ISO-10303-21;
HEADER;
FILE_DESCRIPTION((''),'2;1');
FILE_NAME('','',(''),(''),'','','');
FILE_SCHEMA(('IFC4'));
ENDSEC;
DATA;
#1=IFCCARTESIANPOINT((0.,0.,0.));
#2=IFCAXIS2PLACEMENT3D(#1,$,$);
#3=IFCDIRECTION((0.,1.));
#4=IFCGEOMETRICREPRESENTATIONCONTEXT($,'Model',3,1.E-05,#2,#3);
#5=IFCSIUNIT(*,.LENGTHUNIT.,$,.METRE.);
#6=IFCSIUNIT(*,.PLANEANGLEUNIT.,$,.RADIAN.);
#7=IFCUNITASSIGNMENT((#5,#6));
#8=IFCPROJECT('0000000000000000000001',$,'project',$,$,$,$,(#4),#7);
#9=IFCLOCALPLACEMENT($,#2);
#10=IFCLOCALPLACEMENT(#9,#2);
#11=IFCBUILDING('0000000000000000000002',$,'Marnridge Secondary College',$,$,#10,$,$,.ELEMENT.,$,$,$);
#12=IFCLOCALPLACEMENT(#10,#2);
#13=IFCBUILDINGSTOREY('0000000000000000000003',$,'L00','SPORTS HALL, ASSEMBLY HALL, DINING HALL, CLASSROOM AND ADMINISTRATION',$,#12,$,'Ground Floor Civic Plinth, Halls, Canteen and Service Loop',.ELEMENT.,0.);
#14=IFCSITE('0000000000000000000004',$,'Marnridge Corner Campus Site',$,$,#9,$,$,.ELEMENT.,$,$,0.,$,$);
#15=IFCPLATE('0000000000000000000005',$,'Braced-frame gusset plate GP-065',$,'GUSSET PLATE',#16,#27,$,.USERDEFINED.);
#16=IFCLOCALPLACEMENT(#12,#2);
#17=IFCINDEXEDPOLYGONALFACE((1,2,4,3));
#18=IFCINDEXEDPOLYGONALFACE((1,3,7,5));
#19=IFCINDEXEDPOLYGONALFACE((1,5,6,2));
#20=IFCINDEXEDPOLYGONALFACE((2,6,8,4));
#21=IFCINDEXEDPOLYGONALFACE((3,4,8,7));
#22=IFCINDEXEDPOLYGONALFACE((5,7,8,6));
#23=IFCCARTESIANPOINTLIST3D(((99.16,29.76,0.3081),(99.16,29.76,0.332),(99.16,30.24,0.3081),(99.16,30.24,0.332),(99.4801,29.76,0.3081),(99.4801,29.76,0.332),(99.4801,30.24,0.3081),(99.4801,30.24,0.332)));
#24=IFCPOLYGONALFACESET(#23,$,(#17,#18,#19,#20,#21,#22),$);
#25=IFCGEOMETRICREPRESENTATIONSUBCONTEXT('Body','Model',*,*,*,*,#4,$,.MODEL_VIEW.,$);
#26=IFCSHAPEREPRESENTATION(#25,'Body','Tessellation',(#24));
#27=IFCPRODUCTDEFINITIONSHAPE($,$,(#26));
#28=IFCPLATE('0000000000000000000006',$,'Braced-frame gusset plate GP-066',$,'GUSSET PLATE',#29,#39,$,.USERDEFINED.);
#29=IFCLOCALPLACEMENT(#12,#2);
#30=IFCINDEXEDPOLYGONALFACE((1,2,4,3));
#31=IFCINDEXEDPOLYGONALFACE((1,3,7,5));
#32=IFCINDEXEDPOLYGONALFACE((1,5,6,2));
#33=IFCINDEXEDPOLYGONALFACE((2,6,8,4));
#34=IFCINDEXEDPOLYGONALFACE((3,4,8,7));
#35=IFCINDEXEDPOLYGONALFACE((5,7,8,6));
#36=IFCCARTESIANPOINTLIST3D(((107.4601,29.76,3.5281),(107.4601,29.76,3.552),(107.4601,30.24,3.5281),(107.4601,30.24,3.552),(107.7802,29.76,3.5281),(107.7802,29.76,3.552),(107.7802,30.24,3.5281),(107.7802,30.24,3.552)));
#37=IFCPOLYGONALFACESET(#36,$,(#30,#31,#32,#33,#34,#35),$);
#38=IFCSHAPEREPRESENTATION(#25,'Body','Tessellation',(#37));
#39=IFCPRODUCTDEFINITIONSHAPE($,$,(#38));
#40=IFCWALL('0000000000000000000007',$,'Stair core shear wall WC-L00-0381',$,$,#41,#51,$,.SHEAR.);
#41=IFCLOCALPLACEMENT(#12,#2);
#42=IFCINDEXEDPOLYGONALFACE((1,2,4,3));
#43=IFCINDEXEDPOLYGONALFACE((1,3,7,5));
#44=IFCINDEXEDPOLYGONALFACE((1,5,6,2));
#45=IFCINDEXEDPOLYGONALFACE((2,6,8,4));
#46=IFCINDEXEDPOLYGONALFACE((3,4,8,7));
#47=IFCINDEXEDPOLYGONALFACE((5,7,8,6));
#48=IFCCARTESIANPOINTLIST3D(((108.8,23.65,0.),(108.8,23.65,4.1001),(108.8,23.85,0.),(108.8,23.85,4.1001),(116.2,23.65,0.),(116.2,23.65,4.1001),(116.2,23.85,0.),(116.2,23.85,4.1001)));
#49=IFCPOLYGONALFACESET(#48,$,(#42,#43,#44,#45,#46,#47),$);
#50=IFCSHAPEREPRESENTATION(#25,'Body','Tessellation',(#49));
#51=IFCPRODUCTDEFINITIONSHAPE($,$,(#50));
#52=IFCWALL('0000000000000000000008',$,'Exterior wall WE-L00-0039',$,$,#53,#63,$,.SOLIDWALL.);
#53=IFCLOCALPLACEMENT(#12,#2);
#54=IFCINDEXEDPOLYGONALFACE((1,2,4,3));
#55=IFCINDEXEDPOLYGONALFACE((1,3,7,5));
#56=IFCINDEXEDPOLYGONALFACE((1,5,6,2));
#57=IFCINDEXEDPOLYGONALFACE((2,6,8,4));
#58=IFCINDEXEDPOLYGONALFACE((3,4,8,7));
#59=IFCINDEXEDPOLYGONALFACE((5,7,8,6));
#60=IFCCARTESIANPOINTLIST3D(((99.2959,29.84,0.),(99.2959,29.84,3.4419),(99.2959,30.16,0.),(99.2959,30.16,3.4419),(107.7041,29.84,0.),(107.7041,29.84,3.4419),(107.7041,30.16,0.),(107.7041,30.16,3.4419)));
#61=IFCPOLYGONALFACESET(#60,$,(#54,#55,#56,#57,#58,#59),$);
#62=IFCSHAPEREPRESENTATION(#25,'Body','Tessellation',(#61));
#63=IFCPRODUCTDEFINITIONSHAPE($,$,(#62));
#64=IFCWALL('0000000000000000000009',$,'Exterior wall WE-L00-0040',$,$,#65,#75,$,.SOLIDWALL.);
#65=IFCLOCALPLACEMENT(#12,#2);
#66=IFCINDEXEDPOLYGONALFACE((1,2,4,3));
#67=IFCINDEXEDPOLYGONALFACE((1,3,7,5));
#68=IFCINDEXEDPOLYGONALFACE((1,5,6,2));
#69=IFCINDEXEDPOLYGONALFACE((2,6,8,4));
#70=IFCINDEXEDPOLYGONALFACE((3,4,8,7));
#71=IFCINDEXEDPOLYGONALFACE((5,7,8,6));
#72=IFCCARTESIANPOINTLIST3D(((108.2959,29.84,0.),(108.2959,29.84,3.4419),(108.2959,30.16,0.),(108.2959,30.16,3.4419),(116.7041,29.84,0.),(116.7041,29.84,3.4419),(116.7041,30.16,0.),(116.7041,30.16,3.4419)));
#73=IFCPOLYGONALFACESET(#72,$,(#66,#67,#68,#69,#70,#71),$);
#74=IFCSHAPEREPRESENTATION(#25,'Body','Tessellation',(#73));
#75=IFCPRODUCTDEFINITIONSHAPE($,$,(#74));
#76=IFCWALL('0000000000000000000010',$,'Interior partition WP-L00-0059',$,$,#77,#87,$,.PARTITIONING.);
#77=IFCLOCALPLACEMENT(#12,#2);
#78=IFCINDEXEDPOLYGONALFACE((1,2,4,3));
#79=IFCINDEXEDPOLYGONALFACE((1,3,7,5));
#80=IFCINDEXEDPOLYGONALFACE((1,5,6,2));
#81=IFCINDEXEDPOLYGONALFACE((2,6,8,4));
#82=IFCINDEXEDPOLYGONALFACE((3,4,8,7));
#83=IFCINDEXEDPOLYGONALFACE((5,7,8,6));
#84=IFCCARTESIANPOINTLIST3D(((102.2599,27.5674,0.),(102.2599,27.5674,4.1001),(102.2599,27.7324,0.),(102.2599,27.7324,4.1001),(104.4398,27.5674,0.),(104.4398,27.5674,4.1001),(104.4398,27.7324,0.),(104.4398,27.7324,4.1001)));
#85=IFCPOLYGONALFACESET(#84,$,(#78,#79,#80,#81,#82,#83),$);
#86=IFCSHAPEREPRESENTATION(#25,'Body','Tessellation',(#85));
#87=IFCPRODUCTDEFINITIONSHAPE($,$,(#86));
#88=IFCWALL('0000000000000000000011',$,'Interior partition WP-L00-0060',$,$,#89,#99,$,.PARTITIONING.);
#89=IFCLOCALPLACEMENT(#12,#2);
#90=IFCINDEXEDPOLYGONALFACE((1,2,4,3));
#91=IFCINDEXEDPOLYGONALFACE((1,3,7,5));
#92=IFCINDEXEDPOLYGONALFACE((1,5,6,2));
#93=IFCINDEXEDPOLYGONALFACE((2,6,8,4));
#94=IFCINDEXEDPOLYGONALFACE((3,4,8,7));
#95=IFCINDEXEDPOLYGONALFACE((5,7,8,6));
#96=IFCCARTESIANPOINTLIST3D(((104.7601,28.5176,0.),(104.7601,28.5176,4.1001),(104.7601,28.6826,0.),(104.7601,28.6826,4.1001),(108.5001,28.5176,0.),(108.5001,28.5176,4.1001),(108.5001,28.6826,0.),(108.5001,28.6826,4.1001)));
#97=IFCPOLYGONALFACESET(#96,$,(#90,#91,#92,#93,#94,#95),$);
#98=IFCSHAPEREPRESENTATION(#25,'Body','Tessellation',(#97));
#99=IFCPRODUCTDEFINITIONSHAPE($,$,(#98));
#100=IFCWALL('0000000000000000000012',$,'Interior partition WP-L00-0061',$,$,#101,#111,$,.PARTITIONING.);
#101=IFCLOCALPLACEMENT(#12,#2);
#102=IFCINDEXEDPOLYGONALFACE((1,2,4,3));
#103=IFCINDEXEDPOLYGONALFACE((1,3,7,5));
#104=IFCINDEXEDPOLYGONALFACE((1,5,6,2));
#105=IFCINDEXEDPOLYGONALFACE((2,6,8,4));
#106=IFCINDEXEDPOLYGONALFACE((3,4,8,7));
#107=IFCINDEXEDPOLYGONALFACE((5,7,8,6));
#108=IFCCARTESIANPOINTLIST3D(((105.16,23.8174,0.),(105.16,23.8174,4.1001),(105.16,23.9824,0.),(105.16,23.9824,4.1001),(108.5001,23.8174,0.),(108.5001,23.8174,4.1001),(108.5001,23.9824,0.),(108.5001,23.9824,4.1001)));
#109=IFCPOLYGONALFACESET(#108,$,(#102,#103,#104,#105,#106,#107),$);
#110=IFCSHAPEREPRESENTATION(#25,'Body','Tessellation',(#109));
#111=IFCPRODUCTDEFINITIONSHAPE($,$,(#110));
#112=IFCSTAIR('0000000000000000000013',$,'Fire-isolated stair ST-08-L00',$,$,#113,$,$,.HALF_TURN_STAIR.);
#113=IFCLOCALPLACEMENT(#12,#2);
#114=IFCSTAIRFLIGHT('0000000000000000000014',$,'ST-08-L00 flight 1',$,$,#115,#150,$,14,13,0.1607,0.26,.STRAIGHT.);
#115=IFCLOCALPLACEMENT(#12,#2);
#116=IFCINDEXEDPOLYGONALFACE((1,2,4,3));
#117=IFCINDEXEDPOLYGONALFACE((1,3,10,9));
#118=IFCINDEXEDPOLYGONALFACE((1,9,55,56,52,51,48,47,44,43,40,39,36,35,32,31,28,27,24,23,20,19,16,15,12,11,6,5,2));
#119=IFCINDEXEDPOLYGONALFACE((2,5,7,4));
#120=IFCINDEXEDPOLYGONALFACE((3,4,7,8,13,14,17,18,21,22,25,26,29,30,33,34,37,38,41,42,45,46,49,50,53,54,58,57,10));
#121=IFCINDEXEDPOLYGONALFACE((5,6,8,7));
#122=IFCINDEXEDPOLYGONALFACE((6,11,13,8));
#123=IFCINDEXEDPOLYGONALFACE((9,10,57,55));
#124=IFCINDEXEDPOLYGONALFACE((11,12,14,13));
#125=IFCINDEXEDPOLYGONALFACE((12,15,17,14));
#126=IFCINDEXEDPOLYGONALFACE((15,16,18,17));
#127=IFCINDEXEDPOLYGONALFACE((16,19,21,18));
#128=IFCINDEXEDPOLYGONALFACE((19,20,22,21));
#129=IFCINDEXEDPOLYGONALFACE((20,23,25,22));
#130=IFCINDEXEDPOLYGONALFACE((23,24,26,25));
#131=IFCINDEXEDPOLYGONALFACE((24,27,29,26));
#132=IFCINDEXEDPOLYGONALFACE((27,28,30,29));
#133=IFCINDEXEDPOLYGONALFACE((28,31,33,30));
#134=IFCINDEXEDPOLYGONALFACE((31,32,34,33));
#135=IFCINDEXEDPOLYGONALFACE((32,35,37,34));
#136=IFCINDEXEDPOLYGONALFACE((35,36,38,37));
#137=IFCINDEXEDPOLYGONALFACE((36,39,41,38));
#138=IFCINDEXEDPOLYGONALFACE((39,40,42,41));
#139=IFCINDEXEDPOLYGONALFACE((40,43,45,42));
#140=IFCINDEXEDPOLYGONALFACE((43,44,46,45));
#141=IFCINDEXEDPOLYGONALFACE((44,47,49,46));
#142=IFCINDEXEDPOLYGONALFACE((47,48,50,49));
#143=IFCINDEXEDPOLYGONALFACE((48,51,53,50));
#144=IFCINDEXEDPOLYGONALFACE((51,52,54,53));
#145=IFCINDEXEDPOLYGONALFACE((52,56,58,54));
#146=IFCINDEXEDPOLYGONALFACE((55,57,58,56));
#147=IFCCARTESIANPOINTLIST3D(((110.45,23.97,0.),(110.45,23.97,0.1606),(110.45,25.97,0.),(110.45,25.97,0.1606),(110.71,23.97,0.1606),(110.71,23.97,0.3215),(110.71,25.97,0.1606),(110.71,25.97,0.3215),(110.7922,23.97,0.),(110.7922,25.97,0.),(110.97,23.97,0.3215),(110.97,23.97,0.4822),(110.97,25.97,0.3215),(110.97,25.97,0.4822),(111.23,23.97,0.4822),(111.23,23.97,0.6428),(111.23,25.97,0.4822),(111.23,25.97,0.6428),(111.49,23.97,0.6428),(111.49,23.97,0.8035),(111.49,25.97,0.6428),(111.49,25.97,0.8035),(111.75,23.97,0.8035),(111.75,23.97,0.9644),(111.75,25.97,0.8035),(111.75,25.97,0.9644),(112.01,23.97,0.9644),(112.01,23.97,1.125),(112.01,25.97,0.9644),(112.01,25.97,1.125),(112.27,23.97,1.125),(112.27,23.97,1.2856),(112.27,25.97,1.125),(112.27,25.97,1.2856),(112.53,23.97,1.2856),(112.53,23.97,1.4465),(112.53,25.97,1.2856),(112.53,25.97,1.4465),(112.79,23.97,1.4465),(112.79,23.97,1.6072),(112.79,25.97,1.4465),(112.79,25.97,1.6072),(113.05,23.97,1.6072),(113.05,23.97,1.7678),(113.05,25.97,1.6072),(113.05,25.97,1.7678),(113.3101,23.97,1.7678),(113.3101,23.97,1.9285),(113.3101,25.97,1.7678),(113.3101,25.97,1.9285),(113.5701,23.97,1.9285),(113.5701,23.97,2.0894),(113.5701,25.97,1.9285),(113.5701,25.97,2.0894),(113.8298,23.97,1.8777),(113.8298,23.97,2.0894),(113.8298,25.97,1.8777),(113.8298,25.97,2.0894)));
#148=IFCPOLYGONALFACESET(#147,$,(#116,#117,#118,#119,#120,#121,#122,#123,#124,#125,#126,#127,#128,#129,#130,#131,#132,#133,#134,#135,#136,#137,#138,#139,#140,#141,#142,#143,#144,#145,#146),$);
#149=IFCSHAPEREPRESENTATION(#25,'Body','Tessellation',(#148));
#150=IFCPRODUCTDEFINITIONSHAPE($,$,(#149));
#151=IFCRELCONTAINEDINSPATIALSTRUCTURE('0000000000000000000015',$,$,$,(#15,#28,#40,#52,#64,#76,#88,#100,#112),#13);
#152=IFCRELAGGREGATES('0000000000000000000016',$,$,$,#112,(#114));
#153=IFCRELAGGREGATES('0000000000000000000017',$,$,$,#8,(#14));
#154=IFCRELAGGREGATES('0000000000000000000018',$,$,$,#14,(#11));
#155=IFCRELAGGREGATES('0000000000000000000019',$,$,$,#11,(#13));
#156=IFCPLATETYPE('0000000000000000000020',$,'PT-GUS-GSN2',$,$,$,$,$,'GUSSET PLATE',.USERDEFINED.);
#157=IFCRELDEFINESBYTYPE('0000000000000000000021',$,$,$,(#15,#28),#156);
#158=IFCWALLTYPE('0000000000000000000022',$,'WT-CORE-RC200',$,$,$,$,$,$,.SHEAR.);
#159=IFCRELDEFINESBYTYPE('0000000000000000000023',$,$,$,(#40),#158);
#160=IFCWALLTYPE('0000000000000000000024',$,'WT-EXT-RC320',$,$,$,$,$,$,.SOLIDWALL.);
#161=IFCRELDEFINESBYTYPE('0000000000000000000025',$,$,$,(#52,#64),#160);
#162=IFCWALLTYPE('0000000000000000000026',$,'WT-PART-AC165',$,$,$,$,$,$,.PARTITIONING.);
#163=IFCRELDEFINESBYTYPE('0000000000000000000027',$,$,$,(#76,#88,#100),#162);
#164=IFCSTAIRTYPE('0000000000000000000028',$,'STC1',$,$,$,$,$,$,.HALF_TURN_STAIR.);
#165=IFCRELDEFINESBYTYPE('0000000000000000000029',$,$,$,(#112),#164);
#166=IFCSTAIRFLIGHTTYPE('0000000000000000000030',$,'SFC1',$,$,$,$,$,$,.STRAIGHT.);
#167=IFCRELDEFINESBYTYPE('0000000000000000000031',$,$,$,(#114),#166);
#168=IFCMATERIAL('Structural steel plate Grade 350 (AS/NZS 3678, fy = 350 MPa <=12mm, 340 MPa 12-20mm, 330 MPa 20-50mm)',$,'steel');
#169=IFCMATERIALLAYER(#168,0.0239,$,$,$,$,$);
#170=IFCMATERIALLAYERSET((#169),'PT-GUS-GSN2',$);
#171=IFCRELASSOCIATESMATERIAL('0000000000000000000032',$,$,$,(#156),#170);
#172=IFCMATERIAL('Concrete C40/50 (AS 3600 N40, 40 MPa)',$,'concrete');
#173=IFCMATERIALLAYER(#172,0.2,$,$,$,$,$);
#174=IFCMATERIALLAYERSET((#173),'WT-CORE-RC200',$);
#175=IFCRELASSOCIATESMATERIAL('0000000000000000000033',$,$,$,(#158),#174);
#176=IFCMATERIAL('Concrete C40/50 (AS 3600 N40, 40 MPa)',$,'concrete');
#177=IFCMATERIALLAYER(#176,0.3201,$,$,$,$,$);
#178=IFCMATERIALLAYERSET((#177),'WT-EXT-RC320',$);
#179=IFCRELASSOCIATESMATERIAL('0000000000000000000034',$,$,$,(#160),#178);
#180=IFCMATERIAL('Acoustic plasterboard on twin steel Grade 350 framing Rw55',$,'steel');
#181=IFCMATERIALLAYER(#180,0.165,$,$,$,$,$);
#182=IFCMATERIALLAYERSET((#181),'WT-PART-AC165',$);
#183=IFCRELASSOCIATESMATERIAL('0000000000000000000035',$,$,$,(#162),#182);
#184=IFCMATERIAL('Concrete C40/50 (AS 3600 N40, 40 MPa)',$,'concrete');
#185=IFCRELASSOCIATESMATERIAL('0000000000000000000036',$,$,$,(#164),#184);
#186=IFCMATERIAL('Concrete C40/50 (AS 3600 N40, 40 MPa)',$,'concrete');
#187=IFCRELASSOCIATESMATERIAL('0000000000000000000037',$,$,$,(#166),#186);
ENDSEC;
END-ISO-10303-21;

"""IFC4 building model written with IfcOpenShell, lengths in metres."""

from ifc_helpers import new_model, si_unit, direction, frame, frame_2d, origin, origin_2d, place, context, subcontext, project, spatial, polyline, rectangle, outline, extrude, material, layer, layer_set, type_object, element, aggregate, save


model = new_model("IFC4")

# Units and contexts
model_context = context("Model", 3, precision=1e-05, world=origin(), true_north=direction((0.0, 1.0)))
body_context = subcontext(model_context, "Body", "Model", "MODEL_VIEW")
ifc_project = project(units=[si_unit("LENGTHUNIT", "METRE"), si_unit("PLANEANGLEUNIT", "RADIAN")], contexts=[model_context])

# Site, building, storey
site_placement = place(None, origin())
site = spatial("IfcSite", under=ifc_project, at=site_placement, Name="Marnridge Corner Campus Site", CompositionType="ELEMENT", RefElevation=0.0)
building_placement = place(site_placement, origin())
building = spatial("IfcBuilding", under=site, at=building_placement, Name="Marnridge Secondary College", CompositionType="ELEMENT")
storey_placement = place(building_placement, origin())
storey = spatial("IfcBuildingStorey", under=building, at=storey_placement, Name="L00", Description="SPORTS HALL, ASSEMBLY HALL, DINING HALL, CLASSROOM AND ADMINISTRATION", LongName="Ground Floor Civic Plinth, Halls, Canteen and Service Loop", CompositionType="ELEMENT", Elevation=0.0)

# Plates
ifc_material_1 = material(Name="Structural steel plate Grade 350 (AS/NZS 3678, fy = 350 MPa <=12mm, 340 MPa 12-20mm, 330 MPa 20-50mm)", Category="steel")
ifc_layer_1 = layer(ifc_material_1, 0.0239)
ifc_layer_set_1 = layer_set([ifc_layer_1], Name="PT-GUS-GSN2")
plate_type = type_object("IfcPlateType", Name="PT-GUS-GSN2", ElementType="GUSSET PLATE", PredefinedType="USERDEFINED", material=ifc_layer_set_1)
for number, where, z_axis, x_axis, name in (
    (1, (99.3201, 30.0, 0.3081), (0.0, 0.0, 1.0), (0.0, 1.0, 0.0), "Braced-frame gusset plate GP-065"),
    (2, (107.6201, 30.0, 3.5281), (0.0, 0.0, 1.0), (0.0, 1.0, 0.0), "Braced-frame gusset plate GP-066"),
):
    element("IfcPlate", number, at=place(storey_placement, frame(where, z_axis=z_axis, x_axis=x_axis)), inside=storey, type_object=plate_type, Name=name, ObjectType="GUSSET PLATE", PredefinedType="USERDEFINED", context=body_context, shape_type="SweptSolid", body=[
        extrude(rectangle(XDim=0.48, YDim=0.3201, at=origin_2d()), origin(), (0.0, 0.0, 1.0), 0.0239),
    ])

# Wall
ifc_material_2 = material(Name="Concrete C40/50 (AS 3600 N40, 40 MPa)", Category="concrete")
ifc_layer_2 = layer(ifc_material_2, 0.2)
ifc_layer_set_2 = layer_set([ifc_layer_2], Name="WT-CORE-RC200")
wall_type_1 = type_object("IfcWallType", Name="WT-CORE-RC200", PredefinedType="SHEAR", material=ifc_layer_set_2)
wall_1_placement = place(storey_placement, frame((108.8, 23.75, 0.0), z_axis=(0.0, 0.0, 1.0), x_axis=(1.0, 0.0, 0.0)))
element("IfcWall", 3, at=wall_1_placement, inside=storey, type_object=wall_type_1, Name="Stair core shear wall WC-L00-0381", PredefinedType="SHEAR", context=body_context, shape_type="SweptSolid", body=[
    extrude(rectangle(XDim=7.3999, YDim=0.2, at=frame_2d((3.7, 0.0))), origin(), (0.0, 0.0, 1.0), 4.1001),
])

# Walls
ifc_material_3 = material(Name="Concrete C40/50 (AS 3600 N40, 40 MPa)", Category="concrete")
ifc_layer_3 = layer(ifc_material_3, 0.3201)
ifc_layer_set_3 = layer_set([ifc_layer_3], Name="WT-EXT-RC320")
wall_type_2 = type_object("IfcWallType", Name="WT-EXT-RC320", PredefinedType="SOLIDWALL", material=ifc_layer_set_3)
for number, where, z_axis, x_axis, name in (
    (4, (99.2959, 30.0, 0.0), (0.0, 0.0, 1.0), (1.0, 0.0, 0.0), "Exterior wall WE-L00-0039"),
    (5, (108.2959, 30.0, 0.0), (0.0, 0.0, 1.0), (1.0, 0.0, 0.0), "Exterior wall WE-L00-0040"),
):
    element("IfcWall", number, at=place(storey_placement, frame(where, z_axis=z_axis, x_axis=x_axis)), inside=storey, type_object=wall_type_2, Name=name, PredefinedType="SOLIDWALL", context=body_context, shape_type="SweptSolid", body=[
        extrude(rectangle(XDim=8.4082, YDim=0.3201, at=frame_2d((4.2041, 0.0))), origin(), (0.0, 0.0, 1.0), 3.4419),
    ])
ifc_material_4 = material(Name="Acoustic plasterboard on twin steel Grade 350 framing Rw55", Category="steel")
ifc_layer_4 = layer(ifc_material_4, 0.165)
ifc_layer_set_4 = layer_set([ifc_layer_4], Name="WT-PART-AC165")
wall_type_3 = type_object("IfcWallType", Name="WT-PART-AC165", PredefinedType="PARTITIONING", material=ifc_layer_set_4)
wall_2_placement = place(storey_placement, frame((102.26, 27.6499, 0.0), z_axis=(0.0, 0.0, 1.0), x_axis=(1.0, 0.0, 0.0)))
element("IfcWall", 6, at=wall_2_placement, inside=storey, type_object=wall_type_3, Name="Interior partition WP-L00-0059", PredefinedType="PARTITIONING", context=body_context, shape_type="SweptSolid", body=[
    extrude(rectangle(XDim=2.1799, YDim=0.165, at=frame_2d((1.0898, 0.0))), origin(), (0.0, 0.0, 1.0), 4.1001),
])
wall_3_placement = place(storey_placement, frame((104.76, 28.6001, 0.0), z_axis=(0.0, 0.0, 1.0), x_axis=(1.0, 0.0, 0.0)))
element("IfcWall", 7, at=wall_3_placement, inside=storey, type_object=wall_type_3, Name="Interior partition WP-L00-0060", PredefinedType="PARTITIONING", context=body_context, shape_type="SweptSolid", body=[
    extrude(rectangle(XDim=3.74, YDim=0.165, at=frame_2d((1.8701, 0.0))), origin(), (0.0, 0.0, 1.0), 4.1001),
])
wall_4_placement = place(storey_placement, frame((108.5, 23.8999, 0.0), z_axis=(0.0, 0.0, 1.0), x_axis=(-1.0, 0.0, 0.0)))
element("IfcWall", 8, at=wall_4_placement, inside=storey, type_object=wall_type_3, Name="Interior partition WP-L00-0061", PredefinedType="PARTITIONING", context=body_context, shape_type="SweptSolid", body=[
    extrude(rectangle(XDim=3.3401, YDim=0.165, at=frame_2d((1.6699, 0.0))), origin(), (0.0, 0.0, 1.0), 4.1001),
])

# Stair, stair flight
ifc_material_5 = material(Name="Concrete C40/50 (AS 3600 N40, 40 MPa)", Category="concrete")
stair_type = type_object("IfcStairType", Name="STC1", PredefinedType="HALF_TURN_STAIR", material=ifc_material_5)
stair_placement = place(storey_placement, origin())
stair = element("IfcStair", 9, at=stair_placement, inside=storey, type_object=stair_type, Name="Fire-isolated stair ST-08-L00", PredefinedType="HALF_TURN_STAIR")
ifc_material_6 = material(Name="Concrete C40/50 (AS 3600 N40, 40 MPa)", Category="concrete")
stair_flight_type = type_object("IfcStairFlightType", Name="SFC1", PredefinedType="STRAIGHT", material=ifc_material_6)
stair_flight_placement = place(storey_placement, frame((110.45, 24.97, 0.0), z_axis=(0.0, 0.0, 1.0), x_axis=(1.0, 0.0, 0.0)))
stair_flight = element("IfcStairFlight", 10, at=stair_flight_placement, type_object=stair_flight_type, Name="ST-08-L00 flight 1", NumberOfRisers=14, NumberOfTreads=13, PredefinedType="STRAIGHT", RiserHeight=0.1607, TreadLength=0.26, context=body_context, shape_type="SweptSolid", body=[
    extrude(outline(polyline([(0.0, 0.0), (0.0, 0.1606), (0.26, 0.1606), (0.26, 0.3215), (0.52, 0.3215), (0.52, 0.4822), (0.78, 0.4822), (0.78, 0.6428), (1.04, 0.6428), (1.04, 0.8035), (1.3, 0.8035), (1.3, 0.9644), (1.5601, 0.9644), (1.5601, 1.125), (1.8201, 1.125), (1.8201, 1.2856), (2.0801, 1.2856), (2.0801, 1.4465), (2.3401, 1.4465), (2.3401, 1.6072), (2.6001, 1.6072), (2.6001, 1.7678), (2.8601, 1.7678), (2.8601, 1.9285), (3.1201, 1.9285), (3.1201, 2.0894), (3.3799, 2.0894), (3.3799, 2.25), (3.3799, 1.8777), (0.3423, 0.0), (0.0, 0.0)])), frame((0.0, 1.0, 0.0), z_axis=(0.0, -1.0, 0.0), x_axis=(1.0, 0.0, 0.0)), (0.0, 0.0, 1.0), 2.0),
])
aggregate(stair, [stair_flight])

save(model, "model.ifc")
